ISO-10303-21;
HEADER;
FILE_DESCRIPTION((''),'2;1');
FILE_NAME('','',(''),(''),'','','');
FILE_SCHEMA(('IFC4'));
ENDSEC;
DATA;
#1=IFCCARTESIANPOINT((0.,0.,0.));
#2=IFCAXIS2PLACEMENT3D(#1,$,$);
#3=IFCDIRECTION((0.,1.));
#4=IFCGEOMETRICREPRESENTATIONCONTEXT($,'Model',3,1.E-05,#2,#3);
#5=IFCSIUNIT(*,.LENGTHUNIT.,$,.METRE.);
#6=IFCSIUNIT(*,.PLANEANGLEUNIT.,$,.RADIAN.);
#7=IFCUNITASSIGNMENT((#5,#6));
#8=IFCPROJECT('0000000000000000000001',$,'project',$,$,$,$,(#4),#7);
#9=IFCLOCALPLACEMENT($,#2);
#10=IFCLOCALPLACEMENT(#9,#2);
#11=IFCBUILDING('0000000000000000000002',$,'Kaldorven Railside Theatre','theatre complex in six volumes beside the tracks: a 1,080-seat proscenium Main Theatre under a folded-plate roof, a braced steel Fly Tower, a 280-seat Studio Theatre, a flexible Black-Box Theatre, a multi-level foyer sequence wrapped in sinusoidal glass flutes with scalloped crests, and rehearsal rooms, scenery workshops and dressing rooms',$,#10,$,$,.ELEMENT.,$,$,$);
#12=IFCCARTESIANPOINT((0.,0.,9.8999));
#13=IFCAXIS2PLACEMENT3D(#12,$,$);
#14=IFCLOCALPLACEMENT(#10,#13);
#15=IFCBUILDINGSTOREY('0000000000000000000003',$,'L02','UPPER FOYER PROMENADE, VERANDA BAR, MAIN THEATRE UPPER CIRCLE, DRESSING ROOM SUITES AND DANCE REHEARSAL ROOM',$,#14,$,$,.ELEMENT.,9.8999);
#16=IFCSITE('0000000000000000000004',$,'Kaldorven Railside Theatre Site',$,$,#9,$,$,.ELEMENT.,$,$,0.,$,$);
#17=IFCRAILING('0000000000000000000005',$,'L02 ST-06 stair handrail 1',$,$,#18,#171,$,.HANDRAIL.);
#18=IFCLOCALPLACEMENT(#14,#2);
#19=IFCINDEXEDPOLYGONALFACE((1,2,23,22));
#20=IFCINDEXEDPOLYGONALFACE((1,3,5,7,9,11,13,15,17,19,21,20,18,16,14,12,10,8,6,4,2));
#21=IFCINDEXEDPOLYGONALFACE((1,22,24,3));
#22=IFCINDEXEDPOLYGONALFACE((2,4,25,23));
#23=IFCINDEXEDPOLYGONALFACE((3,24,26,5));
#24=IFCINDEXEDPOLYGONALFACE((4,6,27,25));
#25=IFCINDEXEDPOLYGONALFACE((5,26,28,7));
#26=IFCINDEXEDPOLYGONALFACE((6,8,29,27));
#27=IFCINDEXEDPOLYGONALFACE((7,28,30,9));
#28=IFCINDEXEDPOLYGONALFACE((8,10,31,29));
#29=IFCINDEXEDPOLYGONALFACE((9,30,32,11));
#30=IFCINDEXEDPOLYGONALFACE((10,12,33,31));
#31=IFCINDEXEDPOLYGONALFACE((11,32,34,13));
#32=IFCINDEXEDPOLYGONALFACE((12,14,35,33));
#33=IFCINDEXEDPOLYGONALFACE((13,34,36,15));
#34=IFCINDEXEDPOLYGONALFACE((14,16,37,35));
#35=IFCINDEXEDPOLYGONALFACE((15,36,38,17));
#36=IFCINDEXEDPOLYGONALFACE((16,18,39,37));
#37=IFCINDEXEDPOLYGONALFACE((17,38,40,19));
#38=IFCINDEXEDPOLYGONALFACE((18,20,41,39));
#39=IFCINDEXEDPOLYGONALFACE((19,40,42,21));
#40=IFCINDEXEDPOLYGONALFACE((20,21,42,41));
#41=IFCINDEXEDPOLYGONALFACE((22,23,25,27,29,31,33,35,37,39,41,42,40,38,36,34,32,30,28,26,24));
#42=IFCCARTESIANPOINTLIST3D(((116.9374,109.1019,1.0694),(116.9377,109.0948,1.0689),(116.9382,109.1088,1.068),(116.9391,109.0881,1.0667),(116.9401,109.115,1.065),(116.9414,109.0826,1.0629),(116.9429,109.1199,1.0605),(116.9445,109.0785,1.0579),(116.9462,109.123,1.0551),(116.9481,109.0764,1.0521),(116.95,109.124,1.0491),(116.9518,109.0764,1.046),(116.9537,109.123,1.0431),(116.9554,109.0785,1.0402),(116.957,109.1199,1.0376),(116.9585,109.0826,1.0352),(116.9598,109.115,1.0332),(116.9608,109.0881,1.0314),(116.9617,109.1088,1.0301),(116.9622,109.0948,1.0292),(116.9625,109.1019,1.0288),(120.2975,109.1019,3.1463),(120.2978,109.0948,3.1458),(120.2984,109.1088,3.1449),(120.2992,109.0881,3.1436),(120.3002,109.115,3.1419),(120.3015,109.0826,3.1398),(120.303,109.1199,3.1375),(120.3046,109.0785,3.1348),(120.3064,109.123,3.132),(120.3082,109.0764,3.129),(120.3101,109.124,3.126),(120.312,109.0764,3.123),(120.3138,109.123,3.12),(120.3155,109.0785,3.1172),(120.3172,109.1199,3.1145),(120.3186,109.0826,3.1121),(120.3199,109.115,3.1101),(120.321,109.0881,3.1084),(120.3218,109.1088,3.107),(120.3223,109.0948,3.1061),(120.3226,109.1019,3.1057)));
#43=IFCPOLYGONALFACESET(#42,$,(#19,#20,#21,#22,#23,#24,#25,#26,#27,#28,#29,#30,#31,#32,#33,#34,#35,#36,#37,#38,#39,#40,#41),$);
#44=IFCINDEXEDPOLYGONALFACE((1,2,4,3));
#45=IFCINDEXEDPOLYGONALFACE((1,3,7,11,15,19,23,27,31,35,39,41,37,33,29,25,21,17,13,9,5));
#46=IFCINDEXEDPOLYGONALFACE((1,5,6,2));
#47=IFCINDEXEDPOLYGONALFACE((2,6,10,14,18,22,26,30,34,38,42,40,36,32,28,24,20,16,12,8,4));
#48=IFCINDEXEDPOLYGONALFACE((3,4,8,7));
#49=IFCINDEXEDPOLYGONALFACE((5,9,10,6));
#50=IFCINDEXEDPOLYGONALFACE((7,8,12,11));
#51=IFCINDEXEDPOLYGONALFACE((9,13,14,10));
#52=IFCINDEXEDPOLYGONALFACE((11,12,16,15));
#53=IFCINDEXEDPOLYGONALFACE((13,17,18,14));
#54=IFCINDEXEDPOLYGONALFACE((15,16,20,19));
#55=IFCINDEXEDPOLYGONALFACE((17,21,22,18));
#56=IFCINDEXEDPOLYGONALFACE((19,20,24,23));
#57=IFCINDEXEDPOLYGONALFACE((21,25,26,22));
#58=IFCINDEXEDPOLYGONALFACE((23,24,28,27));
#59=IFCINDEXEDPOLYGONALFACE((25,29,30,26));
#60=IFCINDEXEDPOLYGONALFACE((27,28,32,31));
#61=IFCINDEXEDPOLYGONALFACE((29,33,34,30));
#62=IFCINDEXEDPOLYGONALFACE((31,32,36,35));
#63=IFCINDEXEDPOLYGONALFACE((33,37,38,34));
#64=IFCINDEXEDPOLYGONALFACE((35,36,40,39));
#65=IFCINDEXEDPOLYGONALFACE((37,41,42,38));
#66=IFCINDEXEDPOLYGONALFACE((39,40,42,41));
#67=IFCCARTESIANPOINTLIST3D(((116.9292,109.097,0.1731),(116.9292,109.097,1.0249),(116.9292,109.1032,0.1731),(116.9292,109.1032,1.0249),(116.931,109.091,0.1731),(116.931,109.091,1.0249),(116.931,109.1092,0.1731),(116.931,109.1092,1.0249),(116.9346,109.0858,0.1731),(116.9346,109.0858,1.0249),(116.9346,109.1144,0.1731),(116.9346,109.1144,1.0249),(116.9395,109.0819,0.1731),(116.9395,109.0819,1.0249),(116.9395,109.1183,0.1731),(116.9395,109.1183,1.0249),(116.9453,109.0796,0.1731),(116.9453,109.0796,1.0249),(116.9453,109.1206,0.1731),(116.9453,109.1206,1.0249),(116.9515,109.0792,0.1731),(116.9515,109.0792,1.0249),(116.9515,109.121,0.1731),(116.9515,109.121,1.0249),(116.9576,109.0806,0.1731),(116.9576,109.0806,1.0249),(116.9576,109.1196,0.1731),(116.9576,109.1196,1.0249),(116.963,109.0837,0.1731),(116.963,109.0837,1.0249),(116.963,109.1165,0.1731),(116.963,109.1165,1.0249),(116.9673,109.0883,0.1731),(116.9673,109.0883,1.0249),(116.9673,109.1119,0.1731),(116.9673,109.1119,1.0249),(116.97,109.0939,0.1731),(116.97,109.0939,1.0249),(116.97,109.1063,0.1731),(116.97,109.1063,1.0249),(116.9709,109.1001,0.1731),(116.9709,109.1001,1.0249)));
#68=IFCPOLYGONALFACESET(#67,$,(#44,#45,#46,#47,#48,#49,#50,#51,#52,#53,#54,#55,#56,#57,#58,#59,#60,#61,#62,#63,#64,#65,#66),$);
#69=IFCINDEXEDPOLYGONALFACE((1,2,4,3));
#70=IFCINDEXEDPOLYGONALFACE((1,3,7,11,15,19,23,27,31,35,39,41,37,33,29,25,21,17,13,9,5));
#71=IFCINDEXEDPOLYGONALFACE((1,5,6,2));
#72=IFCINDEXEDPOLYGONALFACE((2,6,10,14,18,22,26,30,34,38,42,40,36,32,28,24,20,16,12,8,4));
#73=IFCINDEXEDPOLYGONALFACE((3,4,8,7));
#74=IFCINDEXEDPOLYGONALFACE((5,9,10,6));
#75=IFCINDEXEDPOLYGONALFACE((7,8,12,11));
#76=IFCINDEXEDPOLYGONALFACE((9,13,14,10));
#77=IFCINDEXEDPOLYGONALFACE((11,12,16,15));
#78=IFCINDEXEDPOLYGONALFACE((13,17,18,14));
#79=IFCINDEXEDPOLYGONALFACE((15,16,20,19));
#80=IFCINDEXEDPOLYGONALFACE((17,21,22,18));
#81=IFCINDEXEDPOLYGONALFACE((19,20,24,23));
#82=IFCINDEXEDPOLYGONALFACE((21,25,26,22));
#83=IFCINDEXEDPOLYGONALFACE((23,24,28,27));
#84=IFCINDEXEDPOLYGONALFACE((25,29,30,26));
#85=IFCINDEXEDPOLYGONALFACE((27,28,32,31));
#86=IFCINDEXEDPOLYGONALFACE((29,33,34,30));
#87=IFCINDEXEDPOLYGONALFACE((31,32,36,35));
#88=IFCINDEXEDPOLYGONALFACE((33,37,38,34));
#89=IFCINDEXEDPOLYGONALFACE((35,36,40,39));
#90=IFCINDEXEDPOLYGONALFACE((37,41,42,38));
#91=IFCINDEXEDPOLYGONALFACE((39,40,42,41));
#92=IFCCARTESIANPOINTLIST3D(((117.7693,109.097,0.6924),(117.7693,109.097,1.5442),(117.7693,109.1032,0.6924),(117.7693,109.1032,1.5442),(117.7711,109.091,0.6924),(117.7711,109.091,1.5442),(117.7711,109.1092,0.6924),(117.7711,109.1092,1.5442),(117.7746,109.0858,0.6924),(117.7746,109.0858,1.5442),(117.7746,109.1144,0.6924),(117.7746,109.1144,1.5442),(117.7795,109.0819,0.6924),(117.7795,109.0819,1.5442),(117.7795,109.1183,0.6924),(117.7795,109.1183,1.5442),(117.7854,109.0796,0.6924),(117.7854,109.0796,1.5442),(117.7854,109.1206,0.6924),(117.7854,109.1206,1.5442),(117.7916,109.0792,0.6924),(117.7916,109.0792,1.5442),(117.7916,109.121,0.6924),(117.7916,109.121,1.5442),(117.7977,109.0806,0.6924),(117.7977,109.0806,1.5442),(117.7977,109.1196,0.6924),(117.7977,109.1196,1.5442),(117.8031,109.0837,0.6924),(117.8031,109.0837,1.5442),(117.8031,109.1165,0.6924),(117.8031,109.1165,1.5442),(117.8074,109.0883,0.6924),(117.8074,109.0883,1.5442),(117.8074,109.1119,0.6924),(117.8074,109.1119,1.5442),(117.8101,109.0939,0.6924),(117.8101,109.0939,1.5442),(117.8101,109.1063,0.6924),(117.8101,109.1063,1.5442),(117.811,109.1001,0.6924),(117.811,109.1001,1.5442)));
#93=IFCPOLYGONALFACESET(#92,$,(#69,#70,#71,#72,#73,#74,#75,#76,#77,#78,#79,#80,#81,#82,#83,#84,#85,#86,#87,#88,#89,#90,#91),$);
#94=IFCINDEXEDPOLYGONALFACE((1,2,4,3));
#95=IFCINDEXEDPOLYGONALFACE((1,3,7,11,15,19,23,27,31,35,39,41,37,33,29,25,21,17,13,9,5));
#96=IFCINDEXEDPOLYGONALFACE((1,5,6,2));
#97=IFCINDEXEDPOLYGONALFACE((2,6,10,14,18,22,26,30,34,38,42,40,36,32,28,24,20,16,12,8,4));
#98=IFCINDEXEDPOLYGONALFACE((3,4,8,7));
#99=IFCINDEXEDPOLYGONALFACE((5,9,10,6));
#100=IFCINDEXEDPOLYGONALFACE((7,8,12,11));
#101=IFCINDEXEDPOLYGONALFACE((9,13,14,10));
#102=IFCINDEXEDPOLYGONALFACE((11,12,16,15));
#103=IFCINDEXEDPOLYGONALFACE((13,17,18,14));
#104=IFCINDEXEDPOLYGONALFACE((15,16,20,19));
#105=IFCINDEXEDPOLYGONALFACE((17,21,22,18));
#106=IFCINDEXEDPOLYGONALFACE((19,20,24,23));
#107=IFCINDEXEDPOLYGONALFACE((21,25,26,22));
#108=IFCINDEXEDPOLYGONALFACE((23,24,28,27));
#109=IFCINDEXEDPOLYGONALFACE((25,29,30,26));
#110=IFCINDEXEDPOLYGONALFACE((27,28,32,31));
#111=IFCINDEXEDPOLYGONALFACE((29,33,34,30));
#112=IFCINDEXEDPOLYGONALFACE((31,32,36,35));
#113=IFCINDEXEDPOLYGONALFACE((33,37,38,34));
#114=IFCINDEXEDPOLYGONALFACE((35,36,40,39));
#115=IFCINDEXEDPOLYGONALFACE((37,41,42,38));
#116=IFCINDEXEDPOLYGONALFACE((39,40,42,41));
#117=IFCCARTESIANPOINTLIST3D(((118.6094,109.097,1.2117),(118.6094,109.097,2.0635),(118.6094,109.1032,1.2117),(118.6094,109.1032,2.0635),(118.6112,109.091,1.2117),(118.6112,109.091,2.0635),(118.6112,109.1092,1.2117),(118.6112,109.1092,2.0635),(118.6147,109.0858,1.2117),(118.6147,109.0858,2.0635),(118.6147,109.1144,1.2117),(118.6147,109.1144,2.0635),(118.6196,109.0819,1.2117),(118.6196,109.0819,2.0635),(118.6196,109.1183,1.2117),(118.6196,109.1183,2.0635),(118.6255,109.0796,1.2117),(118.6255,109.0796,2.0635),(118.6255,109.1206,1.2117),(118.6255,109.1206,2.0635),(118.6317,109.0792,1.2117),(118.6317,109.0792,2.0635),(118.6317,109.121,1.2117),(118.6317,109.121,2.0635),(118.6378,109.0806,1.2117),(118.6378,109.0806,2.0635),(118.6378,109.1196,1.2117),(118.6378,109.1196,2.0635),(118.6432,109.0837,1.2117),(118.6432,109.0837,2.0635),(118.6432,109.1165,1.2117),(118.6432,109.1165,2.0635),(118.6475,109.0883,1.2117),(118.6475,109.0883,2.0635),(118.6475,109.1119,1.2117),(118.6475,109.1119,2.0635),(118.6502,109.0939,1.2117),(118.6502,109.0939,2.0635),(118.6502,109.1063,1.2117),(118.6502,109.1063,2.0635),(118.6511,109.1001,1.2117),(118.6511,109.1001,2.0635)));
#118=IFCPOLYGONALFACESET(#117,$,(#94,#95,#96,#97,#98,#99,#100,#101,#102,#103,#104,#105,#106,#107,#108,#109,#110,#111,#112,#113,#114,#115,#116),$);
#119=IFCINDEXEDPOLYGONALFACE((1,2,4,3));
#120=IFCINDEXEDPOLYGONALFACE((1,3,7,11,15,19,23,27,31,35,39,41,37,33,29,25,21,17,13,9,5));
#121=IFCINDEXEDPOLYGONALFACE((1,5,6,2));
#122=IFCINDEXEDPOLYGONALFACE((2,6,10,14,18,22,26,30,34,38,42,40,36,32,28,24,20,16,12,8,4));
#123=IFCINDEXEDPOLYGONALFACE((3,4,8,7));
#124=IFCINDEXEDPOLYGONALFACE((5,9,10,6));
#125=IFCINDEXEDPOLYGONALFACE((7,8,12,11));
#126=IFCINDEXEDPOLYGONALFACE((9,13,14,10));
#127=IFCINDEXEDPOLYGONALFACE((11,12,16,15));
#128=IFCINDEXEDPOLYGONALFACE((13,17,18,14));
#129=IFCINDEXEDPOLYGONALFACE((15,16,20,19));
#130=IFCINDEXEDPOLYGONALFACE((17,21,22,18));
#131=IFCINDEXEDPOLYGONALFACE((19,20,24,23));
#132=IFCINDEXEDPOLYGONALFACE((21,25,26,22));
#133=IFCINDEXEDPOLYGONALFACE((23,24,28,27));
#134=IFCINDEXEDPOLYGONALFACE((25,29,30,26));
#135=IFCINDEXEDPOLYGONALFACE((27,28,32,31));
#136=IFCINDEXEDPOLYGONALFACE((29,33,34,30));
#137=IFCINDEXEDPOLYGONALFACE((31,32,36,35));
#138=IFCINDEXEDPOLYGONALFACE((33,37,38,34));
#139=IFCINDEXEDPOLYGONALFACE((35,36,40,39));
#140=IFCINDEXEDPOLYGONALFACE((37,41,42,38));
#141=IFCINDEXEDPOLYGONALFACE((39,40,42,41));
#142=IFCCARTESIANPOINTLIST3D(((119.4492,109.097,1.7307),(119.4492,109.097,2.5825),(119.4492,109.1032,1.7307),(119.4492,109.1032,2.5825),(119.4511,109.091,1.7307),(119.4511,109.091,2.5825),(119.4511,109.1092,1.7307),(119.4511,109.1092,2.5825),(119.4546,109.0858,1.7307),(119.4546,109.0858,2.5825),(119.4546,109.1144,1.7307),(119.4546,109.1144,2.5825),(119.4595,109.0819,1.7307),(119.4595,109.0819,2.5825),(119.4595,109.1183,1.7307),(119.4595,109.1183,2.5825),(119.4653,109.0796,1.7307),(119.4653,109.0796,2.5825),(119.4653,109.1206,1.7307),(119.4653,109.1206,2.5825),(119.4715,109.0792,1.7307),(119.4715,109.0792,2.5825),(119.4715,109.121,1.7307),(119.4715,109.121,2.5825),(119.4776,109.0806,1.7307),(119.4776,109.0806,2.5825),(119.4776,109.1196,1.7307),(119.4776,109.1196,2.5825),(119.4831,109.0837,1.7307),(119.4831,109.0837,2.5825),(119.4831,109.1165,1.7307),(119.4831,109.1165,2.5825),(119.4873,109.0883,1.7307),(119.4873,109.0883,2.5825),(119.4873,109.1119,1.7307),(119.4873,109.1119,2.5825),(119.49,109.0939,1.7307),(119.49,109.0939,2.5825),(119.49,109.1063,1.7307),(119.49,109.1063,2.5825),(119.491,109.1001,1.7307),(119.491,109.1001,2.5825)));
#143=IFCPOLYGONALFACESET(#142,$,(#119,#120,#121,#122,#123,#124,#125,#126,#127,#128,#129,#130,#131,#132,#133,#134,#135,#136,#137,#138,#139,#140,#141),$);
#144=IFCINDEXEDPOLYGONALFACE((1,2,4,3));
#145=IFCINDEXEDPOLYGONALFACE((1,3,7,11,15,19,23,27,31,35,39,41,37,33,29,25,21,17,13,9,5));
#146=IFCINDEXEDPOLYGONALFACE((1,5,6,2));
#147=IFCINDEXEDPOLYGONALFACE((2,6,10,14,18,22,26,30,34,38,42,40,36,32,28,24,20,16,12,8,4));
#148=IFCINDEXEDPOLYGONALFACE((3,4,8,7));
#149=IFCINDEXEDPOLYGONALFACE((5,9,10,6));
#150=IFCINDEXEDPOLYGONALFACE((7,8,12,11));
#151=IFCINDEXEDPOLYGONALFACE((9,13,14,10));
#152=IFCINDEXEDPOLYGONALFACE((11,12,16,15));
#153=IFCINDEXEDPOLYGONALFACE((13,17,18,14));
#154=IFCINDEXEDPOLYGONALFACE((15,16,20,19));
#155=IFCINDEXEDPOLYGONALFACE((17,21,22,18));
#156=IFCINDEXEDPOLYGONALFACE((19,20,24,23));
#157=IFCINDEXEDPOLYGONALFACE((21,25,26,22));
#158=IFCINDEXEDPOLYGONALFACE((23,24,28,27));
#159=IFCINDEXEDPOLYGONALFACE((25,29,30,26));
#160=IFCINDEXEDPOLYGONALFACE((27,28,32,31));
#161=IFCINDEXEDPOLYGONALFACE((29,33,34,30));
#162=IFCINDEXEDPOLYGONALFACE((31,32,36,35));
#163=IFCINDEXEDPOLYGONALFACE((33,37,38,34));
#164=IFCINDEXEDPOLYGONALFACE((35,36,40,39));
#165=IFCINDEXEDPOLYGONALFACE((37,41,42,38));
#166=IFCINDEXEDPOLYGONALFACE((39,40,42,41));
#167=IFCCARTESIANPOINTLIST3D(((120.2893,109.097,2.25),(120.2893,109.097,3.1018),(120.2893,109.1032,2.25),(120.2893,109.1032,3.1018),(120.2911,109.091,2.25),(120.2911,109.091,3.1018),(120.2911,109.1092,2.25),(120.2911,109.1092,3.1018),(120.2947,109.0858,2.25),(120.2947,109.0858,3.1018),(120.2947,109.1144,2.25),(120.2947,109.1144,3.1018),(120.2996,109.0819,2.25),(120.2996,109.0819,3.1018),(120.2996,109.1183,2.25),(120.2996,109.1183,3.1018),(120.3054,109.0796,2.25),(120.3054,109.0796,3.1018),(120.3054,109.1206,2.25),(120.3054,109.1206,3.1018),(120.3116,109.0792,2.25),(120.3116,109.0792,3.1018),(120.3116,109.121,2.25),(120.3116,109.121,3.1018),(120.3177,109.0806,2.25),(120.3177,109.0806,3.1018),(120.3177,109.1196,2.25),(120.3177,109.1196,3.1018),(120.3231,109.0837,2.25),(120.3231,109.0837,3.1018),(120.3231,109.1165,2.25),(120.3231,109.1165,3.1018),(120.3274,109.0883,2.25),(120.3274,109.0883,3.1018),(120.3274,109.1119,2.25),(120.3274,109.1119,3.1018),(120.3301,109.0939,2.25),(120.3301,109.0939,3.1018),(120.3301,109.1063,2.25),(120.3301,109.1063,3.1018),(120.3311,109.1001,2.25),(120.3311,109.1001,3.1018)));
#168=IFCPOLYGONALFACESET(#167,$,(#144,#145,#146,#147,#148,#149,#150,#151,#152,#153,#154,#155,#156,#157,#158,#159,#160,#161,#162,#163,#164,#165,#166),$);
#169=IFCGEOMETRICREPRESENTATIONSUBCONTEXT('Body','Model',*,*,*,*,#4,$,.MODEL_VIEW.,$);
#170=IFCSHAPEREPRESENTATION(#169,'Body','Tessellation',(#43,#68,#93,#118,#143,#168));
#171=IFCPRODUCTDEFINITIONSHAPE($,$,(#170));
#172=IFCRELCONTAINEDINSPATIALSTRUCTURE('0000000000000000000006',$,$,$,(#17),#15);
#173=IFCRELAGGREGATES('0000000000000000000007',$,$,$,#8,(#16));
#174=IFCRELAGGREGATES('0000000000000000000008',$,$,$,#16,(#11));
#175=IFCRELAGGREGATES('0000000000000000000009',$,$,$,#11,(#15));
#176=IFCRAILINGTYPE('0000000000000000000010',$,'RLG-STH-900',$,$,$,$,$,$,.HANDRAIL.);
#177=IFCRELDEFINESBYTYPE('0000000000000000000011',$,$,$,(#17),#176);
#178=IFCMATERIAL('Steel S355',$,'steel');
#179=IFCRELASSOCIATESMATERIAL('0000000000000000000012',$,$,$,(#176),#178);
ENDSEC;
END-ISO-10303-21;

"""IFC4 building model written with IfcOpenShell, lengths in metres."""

from ifc_helpers import new_model, si_unit, direction, frame, origin, origin_2d, place, context, subcontext, project, spatial, circle, extrude, material, type_object, element, save


model = new_model("IFC4")

# Units and contexts
model_context = context("Model", 3, precision=1e-05, world=origin(), true_north=direction((0.0, 1.0)))
body_context = subcontext(model_context, "Body", "Model", "MODEL_VIEW")
ifc_project = project(units=[si_unit("LENGTHUNIT", "METRE"), si_unit("PLANEANGLEUNIT", "RADIAN")], contexts=[model_context])

# Site, building, storey
site_placement = place(None, origin())
site = spatial("IfcSite", under=ifc_project, at=site_placement, Name="Kaldorven Railside Theatre Site", CompositionType="ELEMENT", RefElevation=0.0)
building_placement = place(site_placement, origin())
building = spatial("IfcBuilding", under=site, at=building_placement, Name="Kaldorven Railside Theatre", Description="theatre complex in six volumes beside the tracks: a 1,080-seat proscenium Main Theatre under a folded-plate roof, a braced steel Fly Tower, a 280-seat Studio Theatre, a flexible Black-Box Theatre, a multi-level foyer sequence wrapped in sinusoidal glass flutes with scalloped crests, and rehearsal rooms, scenery workshops and dressing rooms", CompositionType="ELEMENT")
storey_placement = place(building_placement, frame((0.0, 0.0, 9.8999)))
storey = spatial("IfcBuildingStorey", under=building, at=storey_placement, Name="L02", Description="UPPER FOYER PROMENADE, VERANDA BAR, MAIN THEATRE UPPER CIRCLE, DRESSING ROOM SUITES AND DANCE REHEARSAL ROOM", CompositionType="ELEMENT", Elevation=9.8999)

# Shared definitions
ifc_material_1 = material(Name="Steel S355", Category="steel")

# Railing
railing_type_1 = type_object("IfcRailingType", Name="RLG-STH-900", PredefinedType="HANDRAIL", material=ifc_material_1)
railing_1_placement = place(storey_placement, frame((116.95, 109.1001, 0.1731)))
element("IfcRailing", 1, at=railing_1_placement, inside=storey, type_object=railing_type_1, Name="L02 ST-06 stair handrail 1", PredefinedType="HANDRAIL", context=body_context, shape_type="SweptSolid", body=[
    extrude(circle(Radius=0.0239, at=origin_2d()), frame((0.0, 0.0, 0.876), z_axis=(0.850623, 0.0, 0.525776), x_axis=(0.0, 1.0, 0.0)), (0.0, 0.0, 1.0), 3.9502),
    extrude(circle(Radius=0.021, at=origin_2d()), origin(), (0.0, 0.0, 1.0), 0.8518),
    extrude(circle(Radius=0.021, at=origin_2d()), frame((0.8401, 0.0, 0.5193)), (0.0, 0.0, 1.0), 0.8518),
    extrude(circle(Radius=0.021, at=origin_2d()), frame((1.6802, 0.0, 1.0386)), (0.0, 0.0, 1.0), 0.8518),
    extrude(circle(Radius=0.021, at=origin_2d()), frame((2.52, 0.0, 1.5576)), (0.0, 0.0, 1.0), 0.8518),
    extrude(circle(Radius=0.021, at=origin_2d()), frame((3.3601, 0.0, 2.0769)), (0.0, 0.0, 1.0), 0.8518),
])

save(model, "model.ifc")
